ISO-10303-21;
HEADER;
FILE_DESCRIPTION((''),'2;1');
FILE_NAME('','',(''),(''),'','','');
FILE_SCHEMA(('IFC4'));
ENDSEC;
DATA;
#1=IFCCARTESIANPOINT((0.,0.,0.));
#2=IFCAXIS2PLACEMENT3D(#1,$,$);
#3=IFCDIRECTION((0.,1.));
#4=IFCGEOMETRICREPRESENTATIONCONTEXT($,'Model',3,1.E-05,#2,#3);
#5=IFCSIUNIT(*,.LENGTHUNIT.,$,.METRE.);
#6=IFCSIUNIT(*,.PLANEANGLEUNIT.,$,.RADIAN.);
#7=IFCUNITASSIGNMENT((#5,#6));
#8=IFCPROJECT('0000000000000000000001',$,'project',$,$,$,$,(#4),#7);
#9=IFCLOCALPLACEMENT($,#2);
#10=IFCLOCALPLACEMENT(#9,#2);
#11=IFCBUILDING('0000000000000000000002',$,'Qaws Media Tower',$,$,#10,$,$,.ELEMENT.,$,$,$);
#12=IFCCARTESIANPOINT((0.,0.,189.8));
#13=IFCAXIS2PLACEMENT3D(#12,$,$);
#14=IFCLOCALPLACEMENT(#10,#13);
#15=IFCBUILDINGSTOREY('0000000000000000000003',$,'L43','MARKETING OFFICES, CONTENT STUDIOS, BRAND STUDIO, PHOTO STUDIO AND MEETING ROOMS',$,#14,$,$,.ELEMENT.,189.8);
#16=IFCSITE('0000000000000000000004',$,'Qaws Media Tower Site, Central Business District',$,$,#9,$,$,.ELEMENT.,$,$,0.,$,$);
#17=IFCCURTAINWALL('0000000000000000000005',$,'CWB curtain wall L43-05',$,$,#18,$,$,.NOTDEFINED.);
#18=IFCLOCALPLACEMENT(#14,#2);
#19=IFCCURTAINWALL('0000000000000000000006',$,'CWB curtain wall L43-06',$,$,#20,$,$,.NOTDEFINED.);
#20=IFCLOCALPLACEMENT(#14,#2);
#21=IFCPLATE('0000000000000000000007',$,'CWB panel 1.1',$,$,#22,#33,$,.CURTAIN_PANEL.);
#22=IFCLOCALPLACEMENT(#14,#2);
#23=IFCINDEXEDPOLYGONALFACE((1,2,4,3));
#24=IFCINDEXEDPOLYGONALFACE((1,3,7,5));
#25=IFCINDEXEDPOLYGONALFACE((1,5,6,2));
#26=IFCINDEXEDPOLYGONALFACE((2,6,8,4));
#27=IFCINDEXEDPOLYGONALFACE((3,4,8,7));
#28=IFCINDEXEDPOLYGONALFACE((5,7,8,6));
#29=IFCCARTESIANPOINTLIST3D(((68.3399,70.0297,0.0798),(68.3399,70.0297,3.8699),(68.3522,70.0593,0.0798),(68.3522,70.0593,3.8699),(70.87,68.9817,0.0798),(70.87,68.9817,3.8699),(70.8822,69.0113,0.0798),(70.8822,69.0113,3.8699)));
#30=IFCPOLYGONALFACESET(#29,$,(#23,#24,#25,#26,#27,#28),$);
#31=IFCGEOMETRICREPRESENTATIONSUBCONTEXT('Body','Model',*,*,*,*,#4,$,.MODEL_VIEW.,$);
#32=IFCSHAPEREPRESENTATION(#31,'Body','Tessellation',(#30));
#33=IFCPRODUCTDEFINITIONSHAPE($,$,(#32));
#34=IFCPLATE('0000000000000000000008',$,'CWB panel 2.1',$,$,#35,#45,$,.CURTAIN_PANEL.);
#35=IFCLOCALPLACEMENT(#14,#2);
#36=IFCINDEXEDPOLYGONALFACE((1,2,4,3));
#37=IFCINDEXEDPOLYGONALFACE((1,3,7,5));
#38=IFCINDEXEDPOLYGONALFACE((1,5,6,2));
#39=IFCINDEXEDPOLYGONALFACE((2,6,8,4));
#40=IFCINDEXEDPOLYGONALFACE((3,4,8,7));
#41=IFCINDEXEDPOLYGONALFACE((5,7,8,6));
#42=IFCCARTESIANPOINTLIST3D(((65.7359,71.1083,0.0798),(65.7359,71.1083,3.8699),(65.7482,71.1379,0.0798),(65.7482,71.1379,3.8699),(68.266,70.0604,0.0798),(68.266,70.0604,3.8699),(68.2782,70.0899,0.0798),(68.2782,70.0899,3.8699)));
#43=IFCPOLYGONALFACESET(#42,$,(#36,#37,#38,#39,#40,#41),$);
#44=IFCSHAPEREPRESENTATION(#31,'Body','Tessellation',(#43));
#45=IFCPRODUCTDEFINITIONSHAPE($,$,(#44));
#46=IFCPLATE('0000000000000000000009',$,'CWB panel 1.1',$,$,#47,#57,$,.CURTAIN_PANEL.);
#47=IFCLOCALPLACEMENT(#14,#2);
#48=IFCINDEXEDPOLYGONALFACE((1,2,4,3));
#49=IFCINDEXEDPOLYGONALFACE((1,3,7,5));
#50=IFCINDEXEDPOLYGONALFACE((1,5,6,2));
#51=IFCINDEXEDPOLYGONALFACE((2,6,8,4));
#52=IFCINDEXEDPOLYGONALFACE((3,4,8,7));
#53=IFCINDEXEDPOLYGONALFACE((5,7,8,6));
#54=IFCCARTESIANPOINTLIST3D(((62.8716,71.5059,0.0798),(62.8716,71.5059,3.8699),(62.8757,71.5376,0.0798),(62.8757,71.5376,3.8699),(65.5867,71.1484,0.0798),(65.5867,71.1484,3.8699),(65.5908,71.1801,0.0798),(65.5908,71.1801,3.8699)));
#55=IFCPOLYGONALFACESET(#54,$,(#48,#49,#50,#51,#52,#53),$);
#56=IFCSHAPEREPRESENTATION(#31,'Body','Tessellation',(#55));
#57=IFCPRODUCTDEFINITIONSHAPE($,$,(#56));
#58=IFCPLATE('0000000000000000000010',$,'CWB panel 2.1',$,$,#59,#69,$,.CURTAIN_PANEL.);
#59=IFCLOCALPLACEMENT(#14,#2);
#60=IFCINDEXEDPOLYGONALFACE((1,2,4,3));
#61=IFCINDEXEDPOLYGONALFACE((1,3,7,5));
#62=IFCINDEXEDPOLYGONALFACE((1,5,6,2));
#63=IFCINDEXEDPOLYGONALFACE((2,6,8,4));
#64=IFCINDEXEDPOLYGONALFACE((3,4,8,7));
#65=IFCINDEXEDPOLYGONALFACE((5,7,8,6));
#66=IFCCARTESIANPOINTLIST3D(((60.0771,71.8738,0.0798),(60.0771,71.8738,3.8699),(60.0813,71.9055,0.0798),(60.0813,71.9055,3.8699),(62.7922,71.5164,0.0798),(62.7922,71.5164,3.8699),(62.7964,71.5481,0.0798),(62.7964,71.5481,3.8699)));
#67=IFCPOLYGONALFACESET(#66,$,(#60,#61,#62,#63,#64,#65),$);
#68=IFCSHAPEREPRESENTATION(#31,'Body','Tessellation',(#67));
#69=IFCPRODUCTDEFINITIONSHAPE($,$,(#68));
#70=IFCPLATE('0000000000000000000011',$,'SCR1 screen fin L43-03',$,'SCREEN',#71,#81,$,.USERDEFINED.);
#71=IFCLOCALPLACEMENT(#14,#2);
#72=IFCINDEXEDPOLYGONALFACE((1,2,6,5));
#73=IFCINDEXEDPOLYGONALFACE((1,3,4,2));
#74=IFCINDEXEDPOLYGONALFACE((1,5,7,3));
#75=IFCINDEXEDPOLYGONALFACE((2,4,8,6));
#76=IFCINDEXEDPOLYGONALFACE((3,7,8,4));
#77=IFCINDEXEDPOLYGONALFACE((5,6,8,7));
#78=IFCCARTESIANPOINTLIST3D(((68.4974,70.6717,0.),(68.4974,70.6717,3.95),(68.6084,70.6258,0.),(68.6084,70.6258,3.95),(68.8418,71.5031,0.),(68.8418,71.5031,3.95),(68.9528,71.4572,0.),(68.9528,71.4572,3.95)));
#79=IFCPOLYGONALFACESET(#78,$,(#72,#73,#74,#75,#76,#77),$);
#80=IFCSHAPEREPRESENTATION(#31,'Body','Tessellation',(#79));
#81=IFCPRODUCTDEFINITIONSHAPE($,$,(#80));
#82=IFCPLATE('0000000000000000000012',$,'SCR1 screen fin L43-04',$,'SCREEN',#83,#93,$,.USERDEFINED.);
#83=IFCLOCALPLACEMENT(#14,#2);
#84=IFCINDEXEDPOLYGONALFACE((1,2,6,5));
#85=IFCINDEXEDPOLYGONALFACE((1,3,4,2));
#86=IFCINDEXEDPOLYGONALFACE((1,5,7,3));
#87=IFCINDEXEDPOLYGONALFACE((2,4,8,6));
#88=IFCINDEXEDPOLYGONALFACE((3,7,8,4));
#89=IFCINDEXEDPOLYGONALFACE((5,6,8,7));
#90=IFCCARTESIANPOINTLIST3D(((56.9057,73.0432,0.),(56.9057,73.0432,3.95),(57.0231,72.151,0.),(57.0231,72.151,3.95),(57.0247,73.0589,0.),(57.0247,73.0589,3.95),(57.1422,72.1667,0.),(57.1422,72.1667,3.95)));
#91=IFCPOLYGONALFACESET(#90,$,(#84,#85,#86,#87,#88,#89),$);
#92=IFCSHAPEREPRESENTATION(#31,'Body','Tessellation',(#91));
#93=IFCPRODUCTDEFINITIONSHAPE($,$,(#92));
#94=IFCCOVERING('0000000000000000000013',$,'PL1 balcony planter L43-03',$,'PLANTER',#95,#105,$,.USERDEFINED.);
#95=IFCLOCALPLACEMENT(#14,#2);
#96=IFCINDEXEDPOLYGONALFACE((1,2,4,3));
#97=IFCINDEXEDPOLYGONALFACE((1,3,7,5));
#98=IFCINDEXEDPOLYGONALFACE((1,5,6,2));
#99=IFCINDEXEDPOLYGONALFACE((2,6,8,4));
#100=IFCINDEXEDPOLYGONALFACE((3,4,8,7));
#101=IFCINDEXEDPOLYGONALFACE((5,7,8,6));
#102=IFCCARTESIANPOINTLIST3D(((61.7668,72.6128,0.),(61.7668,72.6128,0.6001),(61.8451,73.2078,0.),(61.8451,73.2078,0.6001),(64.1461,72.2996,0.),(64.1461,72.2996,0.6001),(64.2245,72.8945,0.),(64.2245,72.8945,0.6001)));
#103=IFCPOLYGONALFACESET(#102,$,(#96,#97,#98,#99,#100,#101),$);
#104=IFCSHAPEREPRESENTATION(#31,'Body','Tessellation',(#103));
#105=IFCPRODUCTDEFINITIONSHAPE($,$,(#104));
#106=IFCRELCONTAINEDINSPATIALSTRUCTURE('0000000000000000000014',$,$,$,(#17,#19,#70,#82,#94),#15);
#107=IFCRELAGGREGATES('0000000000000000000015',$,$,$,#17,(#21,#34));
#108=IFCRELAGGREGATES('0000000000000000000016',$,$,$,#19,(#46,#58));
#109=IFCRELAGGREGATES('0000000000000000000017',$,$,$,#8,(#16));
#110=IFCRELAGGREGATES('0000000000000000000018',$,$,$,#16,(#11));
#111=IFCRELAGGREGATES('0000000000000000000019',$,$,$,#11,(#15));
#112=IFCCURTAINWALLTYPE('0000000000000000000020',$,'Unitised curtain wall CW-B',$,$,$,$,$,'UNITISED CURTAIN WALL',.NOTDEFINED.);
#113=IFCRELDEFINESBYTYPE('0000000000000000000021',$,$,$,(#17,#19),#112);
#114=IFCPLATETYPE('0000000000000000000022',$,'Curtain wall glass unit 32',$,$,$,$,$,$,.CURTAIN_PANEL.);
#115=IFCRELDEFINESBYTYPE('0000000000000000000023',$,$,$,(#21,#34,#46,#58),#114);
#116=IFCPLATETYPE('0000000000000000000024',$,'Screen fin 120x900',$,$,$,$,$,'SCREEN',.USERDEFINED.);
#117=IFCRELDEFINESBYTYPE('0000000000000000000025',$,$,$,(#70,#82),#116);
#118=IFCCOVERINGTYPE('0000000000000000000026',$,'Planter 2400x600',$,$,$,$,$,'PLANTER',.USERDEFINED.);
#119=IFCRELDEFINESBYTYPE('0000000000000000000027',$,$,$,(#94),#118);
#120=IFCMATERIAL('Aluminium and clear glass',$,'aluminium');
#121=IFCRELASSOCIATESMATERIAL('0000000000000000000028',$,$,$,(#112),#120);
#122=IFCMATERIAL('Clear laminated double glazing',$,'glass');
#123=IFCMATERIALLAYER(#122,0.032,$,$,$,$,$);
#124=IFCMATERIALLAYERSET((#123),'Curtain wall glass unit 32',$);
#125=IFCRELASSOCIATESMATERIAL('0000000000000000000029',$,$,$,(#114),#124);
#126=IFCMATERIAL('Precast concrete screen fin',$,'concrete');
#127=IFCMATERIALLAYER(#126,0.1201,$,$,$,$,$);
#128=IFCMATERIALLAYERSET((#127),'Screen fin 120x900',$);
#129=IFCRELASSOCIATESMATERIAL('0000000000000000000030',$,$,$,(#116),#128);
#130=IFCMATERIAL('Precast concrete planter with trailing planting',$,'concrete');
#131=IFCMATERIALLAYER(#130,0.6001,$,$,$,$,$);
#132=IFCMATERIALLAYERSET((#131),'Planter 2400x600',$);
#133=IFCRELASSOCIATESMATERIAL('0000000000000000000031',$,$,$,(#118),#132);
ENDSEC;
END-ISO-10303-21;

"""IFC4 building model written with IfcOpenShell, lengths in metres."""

from ifc_helpers import new_model, si_unit, direction, frame, origin, origin_2d, place, context, subcontext, project, spatial, rectangle, extrude, material, layer, layer_set, type_object, element, aggregate, save


model = new_model("IFC4")

# Units and contexts
model_context = context("Model", 3, precision=1e-05, world=origin(), true_north=direction((0.0, 1.0)))
body_context = subcontext(model_context, "Body", "Model", "MODEL_VIEW")
ifc_project = project(units=[si_unit("LENGTHUNIT", "METRE"), si_unit("PLANEANGLEUNIT", "RADIAN")], contexts=[model_context])

# Site, building, storey
site_placement = place(None, origin())
site = spatial("IfcSite", under=ifc_project, at=site_placement, Name="Qaws Media Tower Site, Central Business District", CompositionType="ELEMENT", RefElevation=0.0)
building_placement = place(site_placement, origin())
building = spatial("IfcBuilding", under=site, at=building_placement, Name="Qaws Media Tower", CompositionType="ELEMENT")
storey_placement = place(building_placement, frame((0.0, 0.0, 189.8)))
storey = spatial("IfcBuildingStorey", under=building, at=storey_placement, Name="L43", Description="MARKETING OFFICES, CONTENT STUDIOS, BRAND STUDIO, PHOTO STUDIO AND MEETING ROOMS", CompositionType="ELEMENT", Elevation=189.8)

# Curtain walls
ifc_material_1 = material(Name="Aluminium and clear glass", Category="aluminium")
curtain_wall_type = type_object("IfcCurtainWallType", Name="Unitised curtain wall CW-B", ElementType="UNITISED CURTAIN WALL", PredefinedType="NOTDEFINED", material=ifc_material_1)
curtain_wall_1_placement = place(storey_placement, origin())
curtain_wall_1 = element("IfcCurtainWall", 1, at=curtain_wall_1_placement, inside=storey, type_object=curtain_wall_type, Name="CWB curtain wall L43-05", PredefinedType="NOTDEFINED")
curtain_wall_2_placement = place(storey_placement, origin())
curtain_wall_2 = element("IfcCurtainWall", 2, at=curtain_wall_2_placement, inside=storey, type_object=curtain_wall_type, Name="CWB curtain wall L43-06", PredefinedType="NOTDEFINED")

# Plates
ifc_material_2 = material(Name="Clear laminated double glazing", Category="glass")
ifc_layer_1 = layer(ifc_material_2, 0.032)
ifc_layer_set_1 = layer_set([ifc_layer_1], Name="Curtain wall glass unit 32")
plate_type_1 = type_object("IfcPlateType", Name="Curtain wall glass unit 32", PredefinedType="CURTAIN_PANEL", material=ifc_layer_set_1)
plate_1_placement = place(storey_placement, frame((69.6111, 69.5205, 0.0798), z_axis=(0.0, 0.0, 1.0), x_axis=(-0.923879, 0.382684, 0.0)))
plate_1 = element("IfcPlate", 3, at=plate_1_placement, type_object=plate_type_1, Name="CWB panel 1.1", PredefinedType="CURTAIN_PANEL", context=body_context, shape_type="SweptSolid", body=[
    extrude(rectangle(XDim=2.7385, YDim=0.032, at=origin_2d()), origin(), (0.0, 0.0, 1.0), 3.79),
])
plate_2_placement = place(storey_placement, frame((67.0071, 70.5991, 0.0798), z_axis=(0.0, 0.0, 1.0), x_axis=(-0.923879, 0.382684, 0.0)))
plate_2 = element("IfcPlate", 4, at=plate_2_placement, type_object=plate_type_1, Name="CWB panel 2.1", PredefinedType="CURTAIN_PANEL", context=body_context, shape_type="SweptSolid", body=[
    extrude(rectangle(XDim=2.7385, YDim=0.032, at=origin_2d()), origin(), (0.0, 0.0, 1.0), 3.79),
])
aggregate(curtain_wall_1, [plate_1, plate_2])
plate_3_placement = place(storey_placement, frame((64.2312, 71.343, 0.0798), z_axis=(0.0, 0.0, 1.0), x_axis=(-0.991445, 0.130526, 0.0)))
plate_3 = element("IfcPlate", 5, at=plate_3_placement, type_object=plate_type_1, Name="CWB panel 1.1", PredefinedType="CURTAIN_PANEL", context=body_context, shape_type="SweptSolid", body=[
    extrude(rectangle(XDim=2.7385, YDim=0.032, at=origin_2d()), origin(), (0.0, 0.0, 1.0), 3.79),
])
plate_4_placement = place(storey_placement, frame((61.4368, 71.7109, 0.0798), z_axis=(0.0, 0.0, 1.0), x_axis=(-0.991445, 0.130526, 0.0)))
plate_4 = element("IfcPlate", 6, at=plate_4_placement, type_object=plate_type_1, Name="CWB panel 2.1", PredefinedType="CURTAIN_PANEL", context=body_context, shape_type="SweptSolid", body=[
    extrude(rectangle(XDim=2.7385, YDim=0.032, at=origin_2d()), origin(), (0.0, 0.0, 1.0), 3.79),
])
aggregate(curtain_wall_2, [plate_3, plate_4])

# Plates
ifc_material_3 = material(Name="Precast concrete screen fin", Category="concrete")
ifc_layer_2 = layer(ifc_material_3, 0.1201)
ifc_layer_set_2 = layer_set([ifc_layer_2], Name="Screen fin 120x900")
plate_type_2 = type_object("IfcPlateType", Name="Screen fin 120x900", ElementType="SCREEN", PredefinedType="USERDEFINED", material=ifc_layer_set_2)
for number, where, z_axis, x_axis, name in (
    (7, (68.7251, 71.0645, 0.0), (0.0, 0.0, 1.0), (0.382683, 0.92388, 0.0), "SCR1 screen fin L43-03"),
    (8, (57.0239, 72.605, 0.0), (0.0, 0.0, 1.0), (-0.130526, 0.991445, 0.0), "SCR1 screen fin L43-04"),
):
    element("IfcPlate", number, at=place(storey_placement, frame(where, z_axis=z_axis, x_axis=x_axis)), inside=storey, type_object=plate_type_2, Name=name, ObjectType="SCREEN", PredefinedType="USERDEFINED", context=body_context, shape_type="SweptSolid", body=[
        extrude(rectangle(XDim=0.8999, YDim=0.1201, at=origin_2d()), origin(), (0.0, 0.0, 1.0), 3.95),
    ])

# Covering
ifc_material_4 = material(Name="Precast concrete planter with trailing planting", Category="concrete")
ifc_layer_3 = layer(ifc_material_4, 0.6001)
ifc_layer_set_3 = layer_set([ifc_layer_3], Name="Planter 2400x600")
covering_type = type_object("IfcCoveringType", Name="Planter 2400x600", ElementType="PLANTER", PredefinedType="USERDEFINED", material=ifc_layer_set_3)
covering_placement = place(storey_placement, frame((62.9956, 72.7537, 0.0), z_axis=(0.0, 0.0, 1.0), x_axis=(-0.991445, 0.130526, 0.0)))
element("IfcCovering", 9, at=covering_placement, inside=storey, type_object=covering_type, Name="PL1 balcony planter L43-03", ObjectType="PLANTER", PredefinedType="USERDEFINED", context=body_context, shape_type="SweptSolid", body=[
    extrude(rectangle(XDim=2.3999, YDim=0.6001, at=origin_2d()), origin(), (0.0, 0.0, 1.0), 0.6001),
])

save(model, "model.ifc")
